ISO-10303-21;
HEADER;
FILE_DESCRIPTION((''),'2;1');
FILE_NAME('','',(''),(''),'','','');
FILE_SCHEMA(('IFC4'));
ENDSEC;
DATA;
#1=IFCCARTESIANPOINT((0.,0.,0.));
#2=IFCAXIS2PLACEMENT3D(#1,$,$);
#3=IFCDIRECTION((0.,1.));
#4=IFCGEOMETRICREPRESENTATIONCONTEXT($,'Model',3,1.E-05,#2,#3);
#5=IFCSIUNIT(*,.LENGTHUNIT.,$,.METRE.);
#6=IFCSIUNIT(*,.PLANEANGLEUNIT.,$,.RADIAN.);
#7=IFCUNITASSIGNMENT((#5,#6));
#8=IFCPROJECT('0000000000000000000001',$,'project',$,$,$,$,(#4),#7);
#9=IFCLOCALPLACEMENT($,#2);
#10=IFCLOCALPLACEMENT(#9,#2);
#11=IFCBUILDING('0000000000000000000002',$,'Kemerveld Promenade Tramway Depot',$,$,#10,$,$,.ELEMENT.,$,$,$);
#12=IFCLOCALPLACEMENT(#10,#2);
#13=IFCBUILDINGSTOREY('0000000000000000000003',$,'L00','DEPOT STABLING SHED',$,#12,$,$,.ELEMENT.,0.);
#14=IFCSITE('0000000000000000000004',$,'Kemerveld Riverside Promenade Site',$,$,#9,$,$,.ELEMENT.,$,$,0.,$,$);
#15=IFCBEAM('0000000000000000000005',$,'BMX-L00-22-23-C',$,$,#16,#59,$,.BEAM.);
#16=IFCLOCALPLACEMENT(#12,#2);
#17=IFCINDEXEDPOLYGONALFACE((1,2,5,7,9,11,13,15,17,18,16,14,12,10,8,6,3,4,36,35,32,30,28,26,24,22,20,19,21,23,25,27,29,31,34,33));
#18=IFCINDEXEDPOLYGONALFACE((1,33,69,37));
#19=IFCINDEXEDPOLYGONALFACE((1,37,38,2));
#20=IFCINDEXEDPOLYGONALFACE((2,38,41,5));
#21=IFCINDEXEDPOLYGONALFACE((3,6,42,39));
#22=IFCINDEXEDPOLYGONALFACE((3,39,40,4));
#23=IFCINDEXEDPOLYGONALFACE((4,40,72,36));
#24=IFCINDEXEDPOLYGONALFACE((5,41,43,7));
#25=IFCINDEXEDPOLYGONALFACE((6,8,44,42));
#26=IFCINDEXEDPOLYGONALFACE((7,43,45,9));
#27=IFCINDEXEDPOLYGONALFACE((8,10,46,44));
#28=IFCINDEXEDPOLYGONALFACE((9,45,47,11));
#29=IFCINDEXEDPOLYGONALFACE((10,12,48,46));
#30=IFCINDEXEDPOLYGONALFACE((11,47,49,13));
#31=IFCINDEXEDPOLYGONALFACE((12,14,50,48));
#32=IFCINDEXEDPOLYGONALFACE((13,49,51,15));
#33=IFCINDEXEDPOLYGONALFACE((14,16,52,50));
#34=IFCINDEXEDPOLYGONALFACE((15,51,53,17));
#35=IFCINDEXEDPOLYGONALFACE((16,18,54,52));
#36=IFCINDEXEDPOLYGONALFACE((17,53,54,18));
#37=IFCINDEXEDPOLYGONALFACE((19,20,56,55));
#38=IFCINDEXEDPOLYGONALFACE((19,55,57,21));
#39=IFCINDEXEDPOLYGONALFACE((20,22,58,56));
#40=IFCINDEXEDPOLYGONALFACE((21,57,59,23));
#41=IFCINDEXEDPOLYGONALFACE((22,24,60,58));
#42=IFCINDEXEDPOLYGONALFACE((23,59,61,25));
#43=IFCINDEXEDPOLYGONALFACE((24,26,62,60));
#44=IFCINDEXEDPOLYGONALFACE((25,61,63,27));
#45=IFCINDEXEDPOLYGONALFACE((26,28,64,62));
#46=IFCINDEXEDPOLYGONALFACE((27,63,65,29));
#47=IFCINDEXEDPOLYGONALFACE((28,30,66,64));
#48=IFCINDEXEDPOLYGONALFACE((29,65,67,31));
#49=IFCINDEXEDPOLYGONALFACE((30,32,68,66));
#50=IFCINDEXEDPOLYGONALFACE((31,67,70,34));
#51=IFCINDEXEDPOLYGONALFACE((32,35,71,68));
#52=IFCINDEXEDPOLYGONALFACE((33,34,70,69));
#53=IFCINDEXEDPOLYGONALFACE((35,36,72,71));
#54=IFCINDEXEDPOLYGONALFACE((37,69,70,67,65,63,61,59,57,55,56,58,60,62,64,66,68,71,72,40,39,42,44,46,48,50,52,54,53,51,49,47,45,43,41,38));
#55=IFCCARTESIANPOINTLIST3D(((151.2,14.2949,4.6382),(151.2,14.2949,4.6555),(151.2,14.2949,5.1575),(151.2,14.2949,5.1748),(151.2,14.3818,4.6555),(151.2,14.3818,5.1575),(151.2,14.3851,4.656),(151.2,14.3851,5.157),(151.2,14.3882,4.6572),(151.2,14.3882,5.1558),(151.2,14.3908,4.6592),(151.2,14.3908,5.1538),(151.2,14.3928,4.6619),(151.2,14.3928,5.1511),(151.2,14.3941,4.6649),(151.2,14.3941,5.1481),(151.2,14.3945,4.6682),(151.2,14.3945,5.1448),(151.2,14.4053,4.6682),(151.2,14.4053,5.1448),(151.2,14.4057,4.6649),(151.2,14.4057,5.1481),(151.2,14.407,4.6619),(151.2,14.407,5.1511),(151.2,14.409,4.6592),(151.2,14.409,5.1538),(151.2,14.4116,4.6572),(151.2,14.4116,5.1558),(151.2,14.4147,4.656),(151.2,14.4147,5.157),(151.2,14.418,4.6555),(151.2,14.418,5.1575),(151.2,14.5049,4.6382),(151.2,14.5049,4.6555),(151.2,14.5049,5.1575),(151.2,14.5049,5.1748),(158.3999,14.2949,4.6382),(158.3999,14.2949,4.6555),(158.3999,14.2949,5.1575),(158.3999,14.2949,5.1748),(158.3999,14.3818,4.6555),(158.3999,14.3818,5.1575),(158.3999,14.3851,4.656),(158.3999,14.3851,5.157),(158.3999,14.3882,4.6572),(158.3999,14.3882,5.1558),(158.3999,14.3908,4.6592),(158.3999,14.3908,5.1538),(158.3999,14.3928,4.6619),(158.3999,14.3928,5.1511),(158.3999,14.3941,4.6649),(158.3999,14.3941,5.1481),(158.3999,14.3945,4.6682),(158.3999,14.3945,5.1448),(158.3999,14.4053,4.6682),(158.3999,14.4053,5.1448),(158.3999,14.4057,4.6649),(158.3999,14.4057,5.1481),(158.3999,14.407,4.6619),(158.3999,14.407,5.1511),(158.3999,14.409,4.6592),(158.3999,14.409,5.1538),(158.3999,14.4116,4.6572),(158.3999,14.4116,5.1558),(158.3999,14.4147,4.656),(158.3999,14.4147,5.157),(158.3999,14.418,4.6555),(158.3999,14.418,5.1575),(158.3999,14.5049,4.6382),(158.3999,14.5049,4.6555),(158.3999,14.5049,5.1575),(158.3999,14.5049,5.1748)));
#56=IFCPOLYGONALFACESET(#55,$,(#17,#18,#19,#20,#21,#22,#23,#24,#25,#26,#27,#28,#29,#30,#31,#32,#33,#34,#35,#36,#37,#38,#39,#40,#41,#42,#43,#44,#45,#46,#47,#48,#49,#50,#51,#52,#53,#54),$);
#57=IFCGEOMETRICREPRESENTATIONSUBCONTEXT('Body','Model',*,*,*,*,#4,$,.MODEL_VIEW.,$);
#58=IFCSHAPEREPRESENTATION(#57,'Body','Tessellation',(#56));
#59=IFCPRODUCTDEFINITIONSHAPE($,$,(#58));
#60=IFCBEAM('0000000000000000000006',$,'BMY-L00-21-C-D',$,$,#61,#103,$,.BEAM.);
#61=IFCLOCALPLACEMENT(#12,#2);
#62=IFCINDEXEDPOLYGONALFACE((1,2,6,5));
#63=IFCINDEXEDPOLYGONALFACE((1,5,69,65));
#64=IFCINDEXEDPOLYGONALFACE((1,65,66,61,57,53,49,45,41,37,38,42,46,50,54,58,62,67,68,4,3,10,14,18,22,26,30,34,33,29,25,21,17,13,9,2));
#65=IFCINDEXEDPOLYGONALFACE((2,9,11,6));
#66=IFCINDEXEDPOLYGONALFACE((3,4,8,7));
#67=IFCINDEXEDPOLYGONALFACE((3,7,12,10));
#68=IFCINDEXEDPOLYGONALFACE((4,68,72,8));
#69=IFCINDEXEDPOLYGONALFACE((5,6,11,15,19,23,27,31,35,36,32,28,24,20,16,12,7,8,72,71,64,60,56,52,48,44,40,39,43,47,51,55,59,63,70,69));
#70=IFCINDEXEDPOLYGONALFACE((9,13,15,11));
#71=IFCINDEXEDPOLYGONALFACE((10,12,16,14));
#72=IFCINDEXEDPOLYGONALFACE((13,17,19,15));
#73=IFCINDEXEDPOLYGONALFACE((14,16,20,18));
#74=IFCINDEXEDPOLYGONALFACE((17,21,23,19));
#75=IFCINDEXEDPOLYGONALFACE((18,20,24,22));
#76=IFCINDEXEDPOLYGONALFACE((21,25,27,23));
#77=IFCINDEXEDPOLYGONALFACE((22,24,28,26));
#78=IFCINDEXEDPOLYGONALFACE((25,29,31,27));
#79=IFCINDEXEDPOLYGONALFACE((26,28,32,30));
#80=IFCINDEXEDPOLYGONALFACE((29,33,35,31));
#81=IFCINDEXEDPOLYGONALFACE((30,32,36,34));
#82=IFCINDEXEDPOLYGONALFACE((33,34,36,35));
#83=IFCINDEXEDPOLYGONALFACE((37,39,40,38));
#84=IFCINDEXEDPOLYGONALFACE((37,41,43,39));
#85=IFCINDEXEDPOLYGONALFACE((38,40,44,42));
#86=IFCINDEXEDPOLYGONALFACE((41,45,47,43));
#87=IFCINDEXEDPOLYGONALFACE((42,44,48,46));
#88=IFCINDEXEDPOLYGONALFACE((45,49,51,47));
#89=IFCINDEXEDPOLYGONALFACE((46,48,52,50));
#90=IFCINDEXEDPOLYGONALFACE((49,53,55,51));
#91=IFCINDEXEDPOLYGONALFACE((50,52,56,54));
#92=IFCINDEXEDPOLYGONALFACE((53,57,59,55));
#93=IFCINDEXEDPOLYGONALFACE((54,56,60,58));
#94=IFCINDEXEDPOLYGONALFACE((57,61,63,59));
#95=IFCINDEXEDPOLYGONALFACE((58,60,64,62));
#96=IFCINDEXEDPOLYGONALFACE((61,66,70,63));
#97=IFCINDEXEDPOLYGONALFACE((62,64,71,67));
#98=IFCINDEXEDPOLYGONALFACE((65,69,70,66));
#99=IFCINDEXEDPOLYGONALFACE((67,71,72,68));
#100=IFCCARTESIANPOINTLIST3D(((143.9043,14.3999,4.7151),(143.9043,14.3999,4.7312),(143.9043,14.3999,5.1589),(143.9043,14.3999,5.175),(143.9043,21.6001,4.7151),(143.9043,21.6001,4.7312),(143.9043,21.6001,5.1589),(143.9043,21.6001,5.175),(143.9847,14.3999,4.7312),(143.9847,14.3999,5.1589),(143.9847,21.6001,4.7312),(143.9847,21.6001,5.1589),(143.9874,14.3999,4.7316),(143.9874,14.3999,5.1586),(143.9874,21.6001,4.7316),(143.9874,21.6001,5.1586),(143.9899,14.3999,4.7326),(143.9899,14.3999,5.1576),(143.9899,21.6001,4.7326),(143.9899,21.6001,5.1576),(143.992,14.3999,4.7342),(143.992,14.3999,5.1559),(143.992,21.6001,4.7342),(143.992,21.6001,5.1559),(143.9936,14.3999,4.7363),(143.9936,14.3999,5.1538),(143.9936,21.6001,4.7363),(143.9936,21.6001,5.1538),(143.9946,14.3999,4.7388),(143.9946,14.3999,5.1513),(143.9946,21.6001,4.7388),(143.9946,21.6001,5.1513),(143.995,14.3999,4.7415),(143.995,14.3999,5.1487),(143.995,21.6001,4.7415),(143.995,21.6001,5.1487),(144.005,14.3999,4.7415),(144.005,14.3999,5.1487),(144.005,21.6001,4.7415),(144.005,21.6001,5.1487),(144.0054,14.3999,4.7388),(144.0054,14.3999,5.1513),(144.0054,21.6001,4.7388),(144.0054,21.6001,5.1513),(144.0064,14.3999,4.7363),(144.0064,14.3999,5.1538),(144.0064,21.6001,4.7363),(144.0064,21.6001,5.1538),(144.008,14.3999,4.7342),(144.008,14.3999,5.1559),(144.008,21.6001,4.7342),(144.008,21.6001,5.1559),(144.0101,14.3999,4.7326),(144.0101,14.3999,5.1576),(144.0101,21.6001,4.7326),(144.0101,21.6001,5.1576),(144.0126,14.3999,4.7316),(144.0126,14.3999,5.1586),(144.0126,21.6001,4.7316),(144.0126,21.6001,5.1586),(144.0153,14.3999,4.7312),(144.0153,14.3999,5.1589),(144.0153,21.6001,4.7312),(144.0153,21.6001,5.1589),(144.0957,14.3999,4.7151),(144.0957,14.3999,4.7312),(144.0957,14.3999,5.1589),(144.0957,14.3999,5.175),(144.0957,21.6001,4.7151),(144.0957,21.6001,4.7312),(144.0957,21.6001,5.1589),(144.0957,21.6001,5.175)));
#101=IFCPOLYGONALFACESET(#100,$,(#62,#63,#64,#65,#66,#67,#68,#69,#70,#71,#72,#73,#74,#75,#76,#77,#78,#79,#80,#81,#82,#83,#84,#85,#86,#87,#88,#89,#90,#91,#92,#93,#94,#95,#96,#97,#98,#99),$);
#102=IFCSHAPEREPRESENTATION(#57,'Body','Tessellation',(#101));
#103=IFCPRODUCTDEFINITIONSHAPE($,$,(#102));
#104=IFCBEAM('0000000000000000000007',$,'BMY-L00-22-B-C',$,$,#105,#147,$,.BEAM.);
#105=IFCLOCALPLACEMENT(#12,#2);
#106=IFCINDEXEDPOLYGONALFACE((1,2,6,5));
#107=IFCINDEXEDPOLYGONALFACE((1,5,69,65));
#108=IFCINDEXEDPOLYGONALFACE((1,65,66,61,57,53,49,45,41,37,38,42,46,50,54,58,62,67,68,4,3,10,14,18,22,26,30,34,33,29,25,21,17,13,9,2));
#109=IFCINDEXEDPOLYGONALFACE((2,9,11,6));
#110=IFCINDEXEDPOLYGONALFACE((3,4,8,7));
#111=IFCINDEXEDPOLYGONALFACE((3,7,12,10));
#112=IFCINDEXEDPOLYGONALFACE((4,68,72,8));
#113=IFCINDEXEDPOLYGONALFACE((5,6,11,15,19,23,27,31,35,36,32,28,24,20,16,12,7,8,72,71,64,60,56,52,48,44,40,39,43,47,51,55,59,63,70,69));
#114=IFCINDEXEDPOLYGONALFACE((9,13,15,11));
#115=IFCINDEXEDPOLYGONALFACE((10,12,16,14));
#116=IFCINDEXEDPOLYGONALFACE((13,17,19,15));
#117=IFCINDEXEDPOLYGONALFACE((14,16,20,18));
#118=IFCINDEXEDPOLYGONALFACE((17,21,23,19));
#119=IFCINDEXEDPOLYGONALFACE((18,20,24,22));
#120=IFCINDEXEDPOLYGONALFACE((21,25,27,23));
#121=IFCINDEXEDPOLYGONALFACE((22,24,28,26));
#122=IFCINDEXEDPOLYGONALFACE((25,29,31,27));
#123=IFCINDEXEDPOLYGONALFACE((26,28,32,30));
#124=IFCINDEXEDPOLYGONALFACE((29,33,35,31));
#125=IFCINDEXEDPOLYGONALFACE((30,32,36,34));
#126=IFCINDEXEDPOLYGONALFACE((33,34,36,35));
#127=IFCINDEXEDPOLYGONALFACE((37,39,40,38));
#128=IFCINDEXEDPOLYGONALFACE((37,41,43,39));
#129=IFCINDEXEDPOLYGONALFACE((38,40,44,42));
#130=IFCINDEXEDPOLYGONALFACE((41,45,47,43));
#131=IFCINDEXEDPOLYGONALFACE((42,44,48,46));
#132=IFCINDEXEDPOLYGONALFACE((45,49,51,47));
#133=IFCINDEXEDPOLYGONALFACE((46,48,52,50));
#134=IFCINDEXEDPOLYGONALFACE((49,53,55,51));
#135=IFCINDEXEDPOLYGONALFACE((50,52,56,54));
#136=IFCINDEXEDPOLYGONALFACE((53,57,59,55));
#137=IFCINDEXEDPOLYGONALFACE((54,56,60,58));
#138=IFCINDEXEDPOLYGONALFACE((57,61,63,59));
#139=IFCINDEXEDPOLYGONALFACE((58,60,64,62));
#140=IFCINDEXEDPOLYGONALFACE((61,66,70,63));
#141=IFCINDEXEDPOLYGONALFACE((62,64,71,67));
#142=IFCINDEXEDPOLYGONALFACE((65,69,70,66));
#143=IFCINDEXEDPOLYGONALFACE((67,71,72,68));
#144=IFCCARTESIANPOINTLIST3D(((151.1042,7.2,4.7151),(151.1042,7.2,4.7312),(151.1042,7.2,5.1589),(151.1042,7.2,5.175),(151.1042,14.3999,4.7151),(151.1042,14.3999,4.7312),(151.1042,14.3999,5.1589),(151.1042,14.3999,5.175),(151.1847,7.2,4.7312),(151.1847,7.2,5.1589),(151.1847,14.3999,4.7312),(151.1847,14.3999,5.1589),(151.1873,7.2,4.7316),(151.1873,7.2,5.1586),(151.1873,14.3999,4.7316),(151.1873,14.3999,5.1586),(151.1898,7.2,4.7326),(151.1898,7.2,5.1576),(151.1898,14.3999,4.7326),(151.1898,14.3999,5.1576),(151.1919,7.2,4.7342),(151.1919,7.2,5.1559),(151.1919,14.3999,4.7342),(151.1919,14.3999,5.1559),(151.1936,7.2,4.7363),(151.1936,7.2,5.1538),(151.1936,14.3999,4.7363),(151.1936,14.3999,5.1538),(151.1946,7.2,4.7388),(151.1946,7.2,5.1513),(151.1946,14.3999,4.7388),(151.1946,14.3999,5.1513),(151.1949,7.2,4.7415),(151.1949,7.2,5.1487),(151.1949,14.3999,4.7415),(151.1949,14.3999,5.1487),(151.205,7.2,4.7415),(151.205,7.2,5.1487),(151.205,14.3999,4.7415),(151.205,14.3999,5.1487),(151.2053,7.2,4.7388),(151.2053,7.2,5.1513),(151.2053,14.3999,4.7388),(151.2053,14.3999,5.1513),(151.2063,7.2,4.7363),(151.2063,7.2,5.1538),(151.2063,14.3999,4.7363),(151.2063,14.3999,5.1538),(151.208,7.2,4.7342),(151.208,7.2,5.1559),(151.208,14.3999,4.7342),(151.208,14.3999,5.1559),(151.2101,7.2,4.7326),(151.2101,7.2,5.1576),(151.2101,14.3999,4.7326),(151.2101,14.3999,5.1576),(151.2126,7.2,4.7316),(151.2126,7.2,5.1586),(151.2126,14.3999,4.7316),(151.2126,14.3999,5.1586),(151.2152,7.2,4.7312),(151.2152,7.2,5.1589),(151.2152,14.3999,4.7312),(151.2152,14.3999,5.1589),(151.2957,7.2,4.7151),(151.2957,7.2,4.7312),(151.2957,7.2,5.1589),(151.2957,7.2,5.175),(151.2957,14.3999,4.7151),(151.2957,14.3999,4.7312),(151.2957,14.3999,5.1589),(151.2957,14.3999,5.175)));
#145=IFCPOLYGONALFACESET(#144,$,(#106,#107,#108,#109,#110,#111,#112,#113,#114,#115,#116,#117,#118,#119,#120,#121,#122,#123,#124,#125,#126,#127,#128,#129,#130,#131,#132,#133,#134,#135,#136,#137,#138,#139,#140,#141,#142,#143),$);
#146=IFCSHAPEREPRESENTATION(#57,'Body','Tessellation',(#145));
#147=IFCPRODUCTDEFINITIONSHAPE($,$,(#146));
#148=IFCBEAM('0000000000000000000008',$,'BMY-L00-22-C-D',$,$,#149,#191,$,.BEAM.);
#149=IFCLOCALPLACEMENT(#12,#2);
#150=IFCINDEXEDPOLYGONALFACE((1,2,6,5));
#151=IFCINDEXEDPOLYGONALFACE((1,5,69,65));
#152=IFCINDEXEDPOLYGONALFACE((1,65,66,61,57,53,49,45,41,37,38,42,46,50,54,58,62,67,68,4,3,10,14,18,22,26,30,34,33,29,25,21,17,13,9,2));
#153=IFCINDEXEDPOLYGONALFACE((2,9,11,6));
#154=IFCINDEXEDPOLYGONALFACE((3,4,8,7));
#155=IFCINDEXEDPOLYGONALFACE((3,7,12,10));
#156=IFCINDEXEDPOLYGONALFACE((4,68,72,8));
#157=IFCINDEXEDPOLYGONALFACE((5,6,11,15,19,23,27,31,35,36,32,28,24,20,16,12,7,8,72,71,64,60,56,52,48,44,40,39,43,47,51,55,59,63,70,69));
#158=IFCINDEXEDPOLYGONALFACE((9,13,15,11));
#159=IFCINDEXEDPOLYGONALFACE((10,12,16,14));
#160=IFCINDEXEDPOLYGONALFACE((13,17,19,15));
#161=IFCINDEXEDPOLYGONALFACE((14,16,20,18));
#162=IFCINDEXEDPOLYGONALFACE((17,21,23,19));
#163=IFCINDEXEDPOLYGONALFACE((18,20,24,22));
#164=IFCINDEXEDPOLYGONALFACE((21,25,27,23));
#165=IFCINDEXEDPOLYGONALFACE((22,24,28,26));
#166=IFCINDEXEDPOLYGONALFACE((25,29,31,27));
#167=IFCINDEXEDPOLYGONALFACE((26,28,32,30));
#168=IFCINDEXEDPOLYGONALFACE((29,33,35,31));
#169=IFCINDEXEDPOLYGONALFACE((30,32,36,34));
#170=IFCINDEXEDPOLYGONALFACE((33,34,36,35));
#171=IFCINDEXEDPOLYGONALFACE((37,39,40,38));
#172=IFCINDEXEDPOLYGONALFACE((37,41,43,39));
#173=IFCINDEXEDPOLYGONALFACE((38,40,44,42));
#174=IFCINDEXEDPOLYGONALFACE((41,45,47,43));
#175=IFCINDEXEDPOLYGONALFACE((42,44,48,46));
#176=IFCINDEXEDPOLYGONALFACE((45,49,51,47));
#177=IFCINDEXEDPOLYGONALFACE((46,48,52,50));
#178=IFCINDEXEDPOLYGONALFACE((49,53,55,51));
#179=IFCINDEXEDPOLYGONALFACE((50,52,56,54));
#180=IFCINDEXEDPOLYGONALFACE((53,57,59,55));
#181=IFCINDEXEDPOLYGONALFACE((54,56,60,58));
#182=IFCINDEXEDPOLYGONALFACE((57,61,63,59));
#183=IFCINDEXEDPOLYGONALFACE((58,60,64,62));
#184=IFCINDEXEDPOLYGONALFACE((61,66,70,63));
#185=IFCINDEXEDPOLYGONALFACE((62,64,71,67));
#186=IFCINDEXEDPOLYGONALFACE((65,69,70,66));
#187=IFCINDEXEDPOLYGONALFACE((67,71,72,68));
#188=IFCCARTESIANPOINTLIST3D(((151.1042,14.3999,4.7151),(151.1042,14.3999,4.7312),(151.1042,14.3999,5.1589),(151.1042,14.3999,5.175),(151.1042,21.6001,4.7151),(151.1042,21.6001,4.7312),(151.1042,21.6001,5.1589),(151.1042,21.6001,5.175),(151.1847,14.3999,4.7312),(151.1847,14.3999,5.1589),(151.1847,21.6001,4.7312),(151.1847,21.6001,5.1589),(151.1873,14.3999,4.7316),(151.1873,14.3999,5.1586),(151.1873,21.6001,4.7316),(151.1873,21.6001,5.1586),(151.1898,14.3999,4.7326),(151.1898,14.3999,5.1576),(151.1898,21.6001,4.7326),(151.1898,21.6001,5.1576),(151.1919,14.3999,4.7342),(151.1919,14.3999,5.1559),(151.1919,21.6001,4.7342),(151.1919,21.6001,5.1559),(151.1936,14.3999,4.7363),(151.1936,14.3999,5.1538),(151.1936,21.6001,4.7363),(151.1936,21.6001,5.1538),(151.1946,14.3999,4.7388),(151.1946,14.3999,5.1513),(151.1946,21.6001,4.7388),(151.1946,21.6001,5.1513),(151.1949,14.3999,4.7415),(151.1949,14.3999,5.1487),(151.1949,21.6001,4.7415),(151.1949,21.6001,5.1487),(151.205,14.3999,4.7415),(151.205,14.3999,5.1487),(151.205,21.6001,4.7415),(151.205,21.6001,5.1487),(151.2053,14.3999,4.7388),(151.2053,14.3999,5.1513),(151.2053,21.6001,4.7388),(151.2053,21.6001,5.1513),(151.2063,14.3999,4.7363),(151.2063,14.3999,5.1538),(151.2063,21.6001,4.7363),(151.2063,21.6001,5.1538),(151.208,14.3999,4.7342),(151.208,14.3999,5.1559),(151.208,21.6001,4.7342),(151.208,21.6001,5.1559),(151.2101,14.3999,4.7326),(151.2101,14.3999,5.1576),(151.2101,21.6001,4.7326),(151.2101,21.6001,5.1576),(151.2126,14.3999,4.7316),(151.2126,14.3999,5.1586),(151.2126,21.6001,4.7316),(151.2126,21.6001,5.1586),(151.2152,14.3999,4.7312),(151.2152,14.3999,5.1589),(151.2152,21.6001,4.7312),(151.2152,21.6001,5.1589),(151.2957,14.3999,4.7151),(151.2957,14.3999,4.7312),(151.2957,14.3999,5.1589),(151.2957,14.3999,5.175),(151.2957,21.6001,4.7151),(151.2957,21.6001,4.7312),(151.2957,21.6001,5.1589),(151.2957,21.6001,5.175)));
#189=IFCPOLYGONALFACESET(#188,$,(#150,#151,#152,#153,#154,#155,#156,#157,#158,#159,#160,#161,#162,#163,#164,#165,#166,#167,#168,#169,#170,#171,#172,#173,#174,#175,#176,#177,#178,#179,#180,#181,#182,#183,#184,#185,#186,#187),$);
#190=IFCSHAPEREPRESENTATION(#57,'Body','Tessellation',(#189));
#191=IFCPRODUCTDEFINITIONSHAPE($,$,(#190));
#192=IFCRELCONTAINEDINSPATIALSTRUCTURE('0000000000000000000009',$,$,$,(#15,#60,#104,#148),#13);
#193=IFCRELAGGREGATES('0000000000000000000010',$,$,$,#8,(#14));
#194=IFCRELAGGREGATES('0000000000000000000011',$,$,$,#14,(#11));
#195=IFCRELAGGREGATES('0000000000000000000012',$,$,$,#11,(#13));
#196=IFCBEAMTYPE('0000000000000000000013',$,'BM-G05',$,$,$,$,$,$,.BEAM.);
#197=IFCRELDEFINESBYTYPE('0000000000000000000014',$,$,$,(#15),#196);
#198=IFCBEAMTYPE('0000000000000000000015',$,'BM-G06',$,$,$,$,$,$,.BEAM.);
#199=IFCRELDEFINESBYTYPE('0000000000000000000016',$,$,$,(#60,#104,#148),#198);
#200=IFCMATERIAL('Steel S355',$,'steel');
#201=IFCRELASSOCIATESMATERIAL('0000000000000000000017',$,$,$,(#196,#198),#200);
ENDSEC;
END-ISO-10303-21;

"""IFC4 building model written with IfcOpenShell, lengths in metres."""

from ifc_helpers import new_model, si_unit, direction, frame, origin, origin_2d, place, context, subcontext, project, spatial, i_section, extrude, material, material_profile, profile_set, type_object, element, save


model = new_model("IFC4")

# Units and contexts
model_context = context("Model", 3, precision=1e-05, world=origin(), true_north=direction((0.0, 1.0)))
body_context = subcontext(model_context, "Body", "Model", "MODEL_VIEW")
ifc_project = project(units=[si_unit("LENGTHUNIT", "METRE"), si_unit("PLANEANGLEUNIT", "RADIAN")], contexts=[model_context])

# Site, building, storey
site_placement = place(None, origin())
site = spatial("IfcSite", under=ifc_project, at=site_placement, Name="Kemerveld Riverside Promenade Site", CompositionType="ELEMENT", RefElevation=0.0)
building_placement = place(site_placement, origin())
building = spatial("IfcBuilding", under=site, at=building_placement, Name="Kemerveld Promenade Tramway Depot", CompositionType="ELEMENT")
storey_placement = place(building_placement, origin())
storey = spatial("IfcBuildingStorey", under=building, at=storey_placement, Name="L00", Description="DEPOT STABLING SHED", CompositionType="ELEMENT", Elevation=0.0)

# Shared definitions
ifc_material_1 = material(Name="Steel S355", Category="steel")

# Beams
ifc_material_profile_1 = material_profile(ifc_material_1, i_section(OverallWidth=0.21, OverallDepth=0.5366, WebThickness=0.0107, FlangeThickness=0.0173, FilletRadius=0.0127, at=origin_2d()), Name="533x210x101 UB")
ifc_profile_set_1 = profile_set([ifc_material_profile_1], Name="Steel S355")
beam_type_1 = type_object("IfcBeamType", Name="BM-G05", PredefinedType="BEAM", material=ifc_profile_set_1)
for number, where, z_axis, x_axis, name in (
    (1, (151.2, 14.3999, 4.9065), (1.0, 0.0, 0.0), (0.0, 1.0, 0.0), "BMX-L00-22-23-C"),
):
    element("IfcBeam", number, at=place(storey_placement, frame(where, z_axis=z_axis, x_axis=x_axis)), inside=storey, type_object=beam_type_1, Name=name, PredefinedType="BEAM", context=body_context, shape_type="SweptSolid", body=[
        extrude(i_section(OverallWidth=0.21, OverallDepth=0.5366, WebThickness=0.0107, FlangeThickness=0.0173, FilletRadius=0.0127, at=origin_2d()), origin(), (0.0, 0.0, 1.0), 7.2),
    ])
ifc_material_profile_2 = material_profile(ifc_material_1, i_section(OverallWidth=0.1914, OverallDepth=0.46, WebThickness=0.01, FlangeThickness=0.0161, FilletRadius=0.0103, at=origin_2d()), Name="457x191x82 UB")
ifc_profile_set_2 = profile_set([ifc_material_profile_2], Name="Steel S355")
beam_type_2 = type_object("IfcBeamType", Name="BM-G06", PredefinedType="BEAM", material=ifc_profile_set_2)
beam_1_placement = place(storey_placement, frame((144.0, 14.3999, 4.9451), z_axis=(0.0, 1.0, 0.0), x_axis=(-1.0, 0.0, 0.0)))
element("IfcBeam", 2, at=beam_1_placement, inside=storey, type_object=beam_type_2, Name="BMY-L00-21-C-D", PredefinedType="BEAM", context=body_context, shape_type="SweptSolid", body=[
    extrude(i_section(OverallWidth=0.1914, OverallDepth=0.46, WebThickness=0.01, FlangeThickness=0.0161, FilletRadius=0.0103, at=origin_2d()), origin(), (0.0, 0.0, 1.0), 7.2002),
])
beam_2_placement = place(storey_placement, frame((151.2, 7.2, 4.9451), z_axis=(0.0, 1.0, 0.0), x_axis=(-1.0, 0.0, 0.0)))
element("IfcBeam", 3, at=beam_2_placement, inside=storey, type_object=beam_type_2, Name="BMY-L00-22-B-C", PredefinedType="BEAM", context=body_context, shape_type="SweptSolid", body=[
    extrude(i_section(OverallWidth=0.1914, OverallDepth=0.46, WebThickness=0.01, FlangeThickness=0.0161, FilletRadius=0.0103, at=origin_2d()), origin(), (0.0, 0.0, 1.0), 7.2),
])
beam_3_placement = place(storey_placement, frame((151.2, 14.3999, 4.9451), z_axis=(0.0, 1.0, 0.0), x_axis=(-1.0, 0.0, 0.0)))
element("IfcBeam", 4, at=beam_3_placement, inside=storey, type_object=beam_type_2, Name="BMY-L00-22-C-D", PredefinedType="BEAM", context=body_context, shape_type="SweptSolid", body=[
    extrude(i_section(OverallWidth=0.1914, OverallDepth=0.46, WebThickness=0.01, FlangeThickness=0.0161, FilletRadius=0.0103, at=origin_2d()), origin(), (0.0, 0.0, 1.0), 7.2002),
])

save(model, "model.ifc")
